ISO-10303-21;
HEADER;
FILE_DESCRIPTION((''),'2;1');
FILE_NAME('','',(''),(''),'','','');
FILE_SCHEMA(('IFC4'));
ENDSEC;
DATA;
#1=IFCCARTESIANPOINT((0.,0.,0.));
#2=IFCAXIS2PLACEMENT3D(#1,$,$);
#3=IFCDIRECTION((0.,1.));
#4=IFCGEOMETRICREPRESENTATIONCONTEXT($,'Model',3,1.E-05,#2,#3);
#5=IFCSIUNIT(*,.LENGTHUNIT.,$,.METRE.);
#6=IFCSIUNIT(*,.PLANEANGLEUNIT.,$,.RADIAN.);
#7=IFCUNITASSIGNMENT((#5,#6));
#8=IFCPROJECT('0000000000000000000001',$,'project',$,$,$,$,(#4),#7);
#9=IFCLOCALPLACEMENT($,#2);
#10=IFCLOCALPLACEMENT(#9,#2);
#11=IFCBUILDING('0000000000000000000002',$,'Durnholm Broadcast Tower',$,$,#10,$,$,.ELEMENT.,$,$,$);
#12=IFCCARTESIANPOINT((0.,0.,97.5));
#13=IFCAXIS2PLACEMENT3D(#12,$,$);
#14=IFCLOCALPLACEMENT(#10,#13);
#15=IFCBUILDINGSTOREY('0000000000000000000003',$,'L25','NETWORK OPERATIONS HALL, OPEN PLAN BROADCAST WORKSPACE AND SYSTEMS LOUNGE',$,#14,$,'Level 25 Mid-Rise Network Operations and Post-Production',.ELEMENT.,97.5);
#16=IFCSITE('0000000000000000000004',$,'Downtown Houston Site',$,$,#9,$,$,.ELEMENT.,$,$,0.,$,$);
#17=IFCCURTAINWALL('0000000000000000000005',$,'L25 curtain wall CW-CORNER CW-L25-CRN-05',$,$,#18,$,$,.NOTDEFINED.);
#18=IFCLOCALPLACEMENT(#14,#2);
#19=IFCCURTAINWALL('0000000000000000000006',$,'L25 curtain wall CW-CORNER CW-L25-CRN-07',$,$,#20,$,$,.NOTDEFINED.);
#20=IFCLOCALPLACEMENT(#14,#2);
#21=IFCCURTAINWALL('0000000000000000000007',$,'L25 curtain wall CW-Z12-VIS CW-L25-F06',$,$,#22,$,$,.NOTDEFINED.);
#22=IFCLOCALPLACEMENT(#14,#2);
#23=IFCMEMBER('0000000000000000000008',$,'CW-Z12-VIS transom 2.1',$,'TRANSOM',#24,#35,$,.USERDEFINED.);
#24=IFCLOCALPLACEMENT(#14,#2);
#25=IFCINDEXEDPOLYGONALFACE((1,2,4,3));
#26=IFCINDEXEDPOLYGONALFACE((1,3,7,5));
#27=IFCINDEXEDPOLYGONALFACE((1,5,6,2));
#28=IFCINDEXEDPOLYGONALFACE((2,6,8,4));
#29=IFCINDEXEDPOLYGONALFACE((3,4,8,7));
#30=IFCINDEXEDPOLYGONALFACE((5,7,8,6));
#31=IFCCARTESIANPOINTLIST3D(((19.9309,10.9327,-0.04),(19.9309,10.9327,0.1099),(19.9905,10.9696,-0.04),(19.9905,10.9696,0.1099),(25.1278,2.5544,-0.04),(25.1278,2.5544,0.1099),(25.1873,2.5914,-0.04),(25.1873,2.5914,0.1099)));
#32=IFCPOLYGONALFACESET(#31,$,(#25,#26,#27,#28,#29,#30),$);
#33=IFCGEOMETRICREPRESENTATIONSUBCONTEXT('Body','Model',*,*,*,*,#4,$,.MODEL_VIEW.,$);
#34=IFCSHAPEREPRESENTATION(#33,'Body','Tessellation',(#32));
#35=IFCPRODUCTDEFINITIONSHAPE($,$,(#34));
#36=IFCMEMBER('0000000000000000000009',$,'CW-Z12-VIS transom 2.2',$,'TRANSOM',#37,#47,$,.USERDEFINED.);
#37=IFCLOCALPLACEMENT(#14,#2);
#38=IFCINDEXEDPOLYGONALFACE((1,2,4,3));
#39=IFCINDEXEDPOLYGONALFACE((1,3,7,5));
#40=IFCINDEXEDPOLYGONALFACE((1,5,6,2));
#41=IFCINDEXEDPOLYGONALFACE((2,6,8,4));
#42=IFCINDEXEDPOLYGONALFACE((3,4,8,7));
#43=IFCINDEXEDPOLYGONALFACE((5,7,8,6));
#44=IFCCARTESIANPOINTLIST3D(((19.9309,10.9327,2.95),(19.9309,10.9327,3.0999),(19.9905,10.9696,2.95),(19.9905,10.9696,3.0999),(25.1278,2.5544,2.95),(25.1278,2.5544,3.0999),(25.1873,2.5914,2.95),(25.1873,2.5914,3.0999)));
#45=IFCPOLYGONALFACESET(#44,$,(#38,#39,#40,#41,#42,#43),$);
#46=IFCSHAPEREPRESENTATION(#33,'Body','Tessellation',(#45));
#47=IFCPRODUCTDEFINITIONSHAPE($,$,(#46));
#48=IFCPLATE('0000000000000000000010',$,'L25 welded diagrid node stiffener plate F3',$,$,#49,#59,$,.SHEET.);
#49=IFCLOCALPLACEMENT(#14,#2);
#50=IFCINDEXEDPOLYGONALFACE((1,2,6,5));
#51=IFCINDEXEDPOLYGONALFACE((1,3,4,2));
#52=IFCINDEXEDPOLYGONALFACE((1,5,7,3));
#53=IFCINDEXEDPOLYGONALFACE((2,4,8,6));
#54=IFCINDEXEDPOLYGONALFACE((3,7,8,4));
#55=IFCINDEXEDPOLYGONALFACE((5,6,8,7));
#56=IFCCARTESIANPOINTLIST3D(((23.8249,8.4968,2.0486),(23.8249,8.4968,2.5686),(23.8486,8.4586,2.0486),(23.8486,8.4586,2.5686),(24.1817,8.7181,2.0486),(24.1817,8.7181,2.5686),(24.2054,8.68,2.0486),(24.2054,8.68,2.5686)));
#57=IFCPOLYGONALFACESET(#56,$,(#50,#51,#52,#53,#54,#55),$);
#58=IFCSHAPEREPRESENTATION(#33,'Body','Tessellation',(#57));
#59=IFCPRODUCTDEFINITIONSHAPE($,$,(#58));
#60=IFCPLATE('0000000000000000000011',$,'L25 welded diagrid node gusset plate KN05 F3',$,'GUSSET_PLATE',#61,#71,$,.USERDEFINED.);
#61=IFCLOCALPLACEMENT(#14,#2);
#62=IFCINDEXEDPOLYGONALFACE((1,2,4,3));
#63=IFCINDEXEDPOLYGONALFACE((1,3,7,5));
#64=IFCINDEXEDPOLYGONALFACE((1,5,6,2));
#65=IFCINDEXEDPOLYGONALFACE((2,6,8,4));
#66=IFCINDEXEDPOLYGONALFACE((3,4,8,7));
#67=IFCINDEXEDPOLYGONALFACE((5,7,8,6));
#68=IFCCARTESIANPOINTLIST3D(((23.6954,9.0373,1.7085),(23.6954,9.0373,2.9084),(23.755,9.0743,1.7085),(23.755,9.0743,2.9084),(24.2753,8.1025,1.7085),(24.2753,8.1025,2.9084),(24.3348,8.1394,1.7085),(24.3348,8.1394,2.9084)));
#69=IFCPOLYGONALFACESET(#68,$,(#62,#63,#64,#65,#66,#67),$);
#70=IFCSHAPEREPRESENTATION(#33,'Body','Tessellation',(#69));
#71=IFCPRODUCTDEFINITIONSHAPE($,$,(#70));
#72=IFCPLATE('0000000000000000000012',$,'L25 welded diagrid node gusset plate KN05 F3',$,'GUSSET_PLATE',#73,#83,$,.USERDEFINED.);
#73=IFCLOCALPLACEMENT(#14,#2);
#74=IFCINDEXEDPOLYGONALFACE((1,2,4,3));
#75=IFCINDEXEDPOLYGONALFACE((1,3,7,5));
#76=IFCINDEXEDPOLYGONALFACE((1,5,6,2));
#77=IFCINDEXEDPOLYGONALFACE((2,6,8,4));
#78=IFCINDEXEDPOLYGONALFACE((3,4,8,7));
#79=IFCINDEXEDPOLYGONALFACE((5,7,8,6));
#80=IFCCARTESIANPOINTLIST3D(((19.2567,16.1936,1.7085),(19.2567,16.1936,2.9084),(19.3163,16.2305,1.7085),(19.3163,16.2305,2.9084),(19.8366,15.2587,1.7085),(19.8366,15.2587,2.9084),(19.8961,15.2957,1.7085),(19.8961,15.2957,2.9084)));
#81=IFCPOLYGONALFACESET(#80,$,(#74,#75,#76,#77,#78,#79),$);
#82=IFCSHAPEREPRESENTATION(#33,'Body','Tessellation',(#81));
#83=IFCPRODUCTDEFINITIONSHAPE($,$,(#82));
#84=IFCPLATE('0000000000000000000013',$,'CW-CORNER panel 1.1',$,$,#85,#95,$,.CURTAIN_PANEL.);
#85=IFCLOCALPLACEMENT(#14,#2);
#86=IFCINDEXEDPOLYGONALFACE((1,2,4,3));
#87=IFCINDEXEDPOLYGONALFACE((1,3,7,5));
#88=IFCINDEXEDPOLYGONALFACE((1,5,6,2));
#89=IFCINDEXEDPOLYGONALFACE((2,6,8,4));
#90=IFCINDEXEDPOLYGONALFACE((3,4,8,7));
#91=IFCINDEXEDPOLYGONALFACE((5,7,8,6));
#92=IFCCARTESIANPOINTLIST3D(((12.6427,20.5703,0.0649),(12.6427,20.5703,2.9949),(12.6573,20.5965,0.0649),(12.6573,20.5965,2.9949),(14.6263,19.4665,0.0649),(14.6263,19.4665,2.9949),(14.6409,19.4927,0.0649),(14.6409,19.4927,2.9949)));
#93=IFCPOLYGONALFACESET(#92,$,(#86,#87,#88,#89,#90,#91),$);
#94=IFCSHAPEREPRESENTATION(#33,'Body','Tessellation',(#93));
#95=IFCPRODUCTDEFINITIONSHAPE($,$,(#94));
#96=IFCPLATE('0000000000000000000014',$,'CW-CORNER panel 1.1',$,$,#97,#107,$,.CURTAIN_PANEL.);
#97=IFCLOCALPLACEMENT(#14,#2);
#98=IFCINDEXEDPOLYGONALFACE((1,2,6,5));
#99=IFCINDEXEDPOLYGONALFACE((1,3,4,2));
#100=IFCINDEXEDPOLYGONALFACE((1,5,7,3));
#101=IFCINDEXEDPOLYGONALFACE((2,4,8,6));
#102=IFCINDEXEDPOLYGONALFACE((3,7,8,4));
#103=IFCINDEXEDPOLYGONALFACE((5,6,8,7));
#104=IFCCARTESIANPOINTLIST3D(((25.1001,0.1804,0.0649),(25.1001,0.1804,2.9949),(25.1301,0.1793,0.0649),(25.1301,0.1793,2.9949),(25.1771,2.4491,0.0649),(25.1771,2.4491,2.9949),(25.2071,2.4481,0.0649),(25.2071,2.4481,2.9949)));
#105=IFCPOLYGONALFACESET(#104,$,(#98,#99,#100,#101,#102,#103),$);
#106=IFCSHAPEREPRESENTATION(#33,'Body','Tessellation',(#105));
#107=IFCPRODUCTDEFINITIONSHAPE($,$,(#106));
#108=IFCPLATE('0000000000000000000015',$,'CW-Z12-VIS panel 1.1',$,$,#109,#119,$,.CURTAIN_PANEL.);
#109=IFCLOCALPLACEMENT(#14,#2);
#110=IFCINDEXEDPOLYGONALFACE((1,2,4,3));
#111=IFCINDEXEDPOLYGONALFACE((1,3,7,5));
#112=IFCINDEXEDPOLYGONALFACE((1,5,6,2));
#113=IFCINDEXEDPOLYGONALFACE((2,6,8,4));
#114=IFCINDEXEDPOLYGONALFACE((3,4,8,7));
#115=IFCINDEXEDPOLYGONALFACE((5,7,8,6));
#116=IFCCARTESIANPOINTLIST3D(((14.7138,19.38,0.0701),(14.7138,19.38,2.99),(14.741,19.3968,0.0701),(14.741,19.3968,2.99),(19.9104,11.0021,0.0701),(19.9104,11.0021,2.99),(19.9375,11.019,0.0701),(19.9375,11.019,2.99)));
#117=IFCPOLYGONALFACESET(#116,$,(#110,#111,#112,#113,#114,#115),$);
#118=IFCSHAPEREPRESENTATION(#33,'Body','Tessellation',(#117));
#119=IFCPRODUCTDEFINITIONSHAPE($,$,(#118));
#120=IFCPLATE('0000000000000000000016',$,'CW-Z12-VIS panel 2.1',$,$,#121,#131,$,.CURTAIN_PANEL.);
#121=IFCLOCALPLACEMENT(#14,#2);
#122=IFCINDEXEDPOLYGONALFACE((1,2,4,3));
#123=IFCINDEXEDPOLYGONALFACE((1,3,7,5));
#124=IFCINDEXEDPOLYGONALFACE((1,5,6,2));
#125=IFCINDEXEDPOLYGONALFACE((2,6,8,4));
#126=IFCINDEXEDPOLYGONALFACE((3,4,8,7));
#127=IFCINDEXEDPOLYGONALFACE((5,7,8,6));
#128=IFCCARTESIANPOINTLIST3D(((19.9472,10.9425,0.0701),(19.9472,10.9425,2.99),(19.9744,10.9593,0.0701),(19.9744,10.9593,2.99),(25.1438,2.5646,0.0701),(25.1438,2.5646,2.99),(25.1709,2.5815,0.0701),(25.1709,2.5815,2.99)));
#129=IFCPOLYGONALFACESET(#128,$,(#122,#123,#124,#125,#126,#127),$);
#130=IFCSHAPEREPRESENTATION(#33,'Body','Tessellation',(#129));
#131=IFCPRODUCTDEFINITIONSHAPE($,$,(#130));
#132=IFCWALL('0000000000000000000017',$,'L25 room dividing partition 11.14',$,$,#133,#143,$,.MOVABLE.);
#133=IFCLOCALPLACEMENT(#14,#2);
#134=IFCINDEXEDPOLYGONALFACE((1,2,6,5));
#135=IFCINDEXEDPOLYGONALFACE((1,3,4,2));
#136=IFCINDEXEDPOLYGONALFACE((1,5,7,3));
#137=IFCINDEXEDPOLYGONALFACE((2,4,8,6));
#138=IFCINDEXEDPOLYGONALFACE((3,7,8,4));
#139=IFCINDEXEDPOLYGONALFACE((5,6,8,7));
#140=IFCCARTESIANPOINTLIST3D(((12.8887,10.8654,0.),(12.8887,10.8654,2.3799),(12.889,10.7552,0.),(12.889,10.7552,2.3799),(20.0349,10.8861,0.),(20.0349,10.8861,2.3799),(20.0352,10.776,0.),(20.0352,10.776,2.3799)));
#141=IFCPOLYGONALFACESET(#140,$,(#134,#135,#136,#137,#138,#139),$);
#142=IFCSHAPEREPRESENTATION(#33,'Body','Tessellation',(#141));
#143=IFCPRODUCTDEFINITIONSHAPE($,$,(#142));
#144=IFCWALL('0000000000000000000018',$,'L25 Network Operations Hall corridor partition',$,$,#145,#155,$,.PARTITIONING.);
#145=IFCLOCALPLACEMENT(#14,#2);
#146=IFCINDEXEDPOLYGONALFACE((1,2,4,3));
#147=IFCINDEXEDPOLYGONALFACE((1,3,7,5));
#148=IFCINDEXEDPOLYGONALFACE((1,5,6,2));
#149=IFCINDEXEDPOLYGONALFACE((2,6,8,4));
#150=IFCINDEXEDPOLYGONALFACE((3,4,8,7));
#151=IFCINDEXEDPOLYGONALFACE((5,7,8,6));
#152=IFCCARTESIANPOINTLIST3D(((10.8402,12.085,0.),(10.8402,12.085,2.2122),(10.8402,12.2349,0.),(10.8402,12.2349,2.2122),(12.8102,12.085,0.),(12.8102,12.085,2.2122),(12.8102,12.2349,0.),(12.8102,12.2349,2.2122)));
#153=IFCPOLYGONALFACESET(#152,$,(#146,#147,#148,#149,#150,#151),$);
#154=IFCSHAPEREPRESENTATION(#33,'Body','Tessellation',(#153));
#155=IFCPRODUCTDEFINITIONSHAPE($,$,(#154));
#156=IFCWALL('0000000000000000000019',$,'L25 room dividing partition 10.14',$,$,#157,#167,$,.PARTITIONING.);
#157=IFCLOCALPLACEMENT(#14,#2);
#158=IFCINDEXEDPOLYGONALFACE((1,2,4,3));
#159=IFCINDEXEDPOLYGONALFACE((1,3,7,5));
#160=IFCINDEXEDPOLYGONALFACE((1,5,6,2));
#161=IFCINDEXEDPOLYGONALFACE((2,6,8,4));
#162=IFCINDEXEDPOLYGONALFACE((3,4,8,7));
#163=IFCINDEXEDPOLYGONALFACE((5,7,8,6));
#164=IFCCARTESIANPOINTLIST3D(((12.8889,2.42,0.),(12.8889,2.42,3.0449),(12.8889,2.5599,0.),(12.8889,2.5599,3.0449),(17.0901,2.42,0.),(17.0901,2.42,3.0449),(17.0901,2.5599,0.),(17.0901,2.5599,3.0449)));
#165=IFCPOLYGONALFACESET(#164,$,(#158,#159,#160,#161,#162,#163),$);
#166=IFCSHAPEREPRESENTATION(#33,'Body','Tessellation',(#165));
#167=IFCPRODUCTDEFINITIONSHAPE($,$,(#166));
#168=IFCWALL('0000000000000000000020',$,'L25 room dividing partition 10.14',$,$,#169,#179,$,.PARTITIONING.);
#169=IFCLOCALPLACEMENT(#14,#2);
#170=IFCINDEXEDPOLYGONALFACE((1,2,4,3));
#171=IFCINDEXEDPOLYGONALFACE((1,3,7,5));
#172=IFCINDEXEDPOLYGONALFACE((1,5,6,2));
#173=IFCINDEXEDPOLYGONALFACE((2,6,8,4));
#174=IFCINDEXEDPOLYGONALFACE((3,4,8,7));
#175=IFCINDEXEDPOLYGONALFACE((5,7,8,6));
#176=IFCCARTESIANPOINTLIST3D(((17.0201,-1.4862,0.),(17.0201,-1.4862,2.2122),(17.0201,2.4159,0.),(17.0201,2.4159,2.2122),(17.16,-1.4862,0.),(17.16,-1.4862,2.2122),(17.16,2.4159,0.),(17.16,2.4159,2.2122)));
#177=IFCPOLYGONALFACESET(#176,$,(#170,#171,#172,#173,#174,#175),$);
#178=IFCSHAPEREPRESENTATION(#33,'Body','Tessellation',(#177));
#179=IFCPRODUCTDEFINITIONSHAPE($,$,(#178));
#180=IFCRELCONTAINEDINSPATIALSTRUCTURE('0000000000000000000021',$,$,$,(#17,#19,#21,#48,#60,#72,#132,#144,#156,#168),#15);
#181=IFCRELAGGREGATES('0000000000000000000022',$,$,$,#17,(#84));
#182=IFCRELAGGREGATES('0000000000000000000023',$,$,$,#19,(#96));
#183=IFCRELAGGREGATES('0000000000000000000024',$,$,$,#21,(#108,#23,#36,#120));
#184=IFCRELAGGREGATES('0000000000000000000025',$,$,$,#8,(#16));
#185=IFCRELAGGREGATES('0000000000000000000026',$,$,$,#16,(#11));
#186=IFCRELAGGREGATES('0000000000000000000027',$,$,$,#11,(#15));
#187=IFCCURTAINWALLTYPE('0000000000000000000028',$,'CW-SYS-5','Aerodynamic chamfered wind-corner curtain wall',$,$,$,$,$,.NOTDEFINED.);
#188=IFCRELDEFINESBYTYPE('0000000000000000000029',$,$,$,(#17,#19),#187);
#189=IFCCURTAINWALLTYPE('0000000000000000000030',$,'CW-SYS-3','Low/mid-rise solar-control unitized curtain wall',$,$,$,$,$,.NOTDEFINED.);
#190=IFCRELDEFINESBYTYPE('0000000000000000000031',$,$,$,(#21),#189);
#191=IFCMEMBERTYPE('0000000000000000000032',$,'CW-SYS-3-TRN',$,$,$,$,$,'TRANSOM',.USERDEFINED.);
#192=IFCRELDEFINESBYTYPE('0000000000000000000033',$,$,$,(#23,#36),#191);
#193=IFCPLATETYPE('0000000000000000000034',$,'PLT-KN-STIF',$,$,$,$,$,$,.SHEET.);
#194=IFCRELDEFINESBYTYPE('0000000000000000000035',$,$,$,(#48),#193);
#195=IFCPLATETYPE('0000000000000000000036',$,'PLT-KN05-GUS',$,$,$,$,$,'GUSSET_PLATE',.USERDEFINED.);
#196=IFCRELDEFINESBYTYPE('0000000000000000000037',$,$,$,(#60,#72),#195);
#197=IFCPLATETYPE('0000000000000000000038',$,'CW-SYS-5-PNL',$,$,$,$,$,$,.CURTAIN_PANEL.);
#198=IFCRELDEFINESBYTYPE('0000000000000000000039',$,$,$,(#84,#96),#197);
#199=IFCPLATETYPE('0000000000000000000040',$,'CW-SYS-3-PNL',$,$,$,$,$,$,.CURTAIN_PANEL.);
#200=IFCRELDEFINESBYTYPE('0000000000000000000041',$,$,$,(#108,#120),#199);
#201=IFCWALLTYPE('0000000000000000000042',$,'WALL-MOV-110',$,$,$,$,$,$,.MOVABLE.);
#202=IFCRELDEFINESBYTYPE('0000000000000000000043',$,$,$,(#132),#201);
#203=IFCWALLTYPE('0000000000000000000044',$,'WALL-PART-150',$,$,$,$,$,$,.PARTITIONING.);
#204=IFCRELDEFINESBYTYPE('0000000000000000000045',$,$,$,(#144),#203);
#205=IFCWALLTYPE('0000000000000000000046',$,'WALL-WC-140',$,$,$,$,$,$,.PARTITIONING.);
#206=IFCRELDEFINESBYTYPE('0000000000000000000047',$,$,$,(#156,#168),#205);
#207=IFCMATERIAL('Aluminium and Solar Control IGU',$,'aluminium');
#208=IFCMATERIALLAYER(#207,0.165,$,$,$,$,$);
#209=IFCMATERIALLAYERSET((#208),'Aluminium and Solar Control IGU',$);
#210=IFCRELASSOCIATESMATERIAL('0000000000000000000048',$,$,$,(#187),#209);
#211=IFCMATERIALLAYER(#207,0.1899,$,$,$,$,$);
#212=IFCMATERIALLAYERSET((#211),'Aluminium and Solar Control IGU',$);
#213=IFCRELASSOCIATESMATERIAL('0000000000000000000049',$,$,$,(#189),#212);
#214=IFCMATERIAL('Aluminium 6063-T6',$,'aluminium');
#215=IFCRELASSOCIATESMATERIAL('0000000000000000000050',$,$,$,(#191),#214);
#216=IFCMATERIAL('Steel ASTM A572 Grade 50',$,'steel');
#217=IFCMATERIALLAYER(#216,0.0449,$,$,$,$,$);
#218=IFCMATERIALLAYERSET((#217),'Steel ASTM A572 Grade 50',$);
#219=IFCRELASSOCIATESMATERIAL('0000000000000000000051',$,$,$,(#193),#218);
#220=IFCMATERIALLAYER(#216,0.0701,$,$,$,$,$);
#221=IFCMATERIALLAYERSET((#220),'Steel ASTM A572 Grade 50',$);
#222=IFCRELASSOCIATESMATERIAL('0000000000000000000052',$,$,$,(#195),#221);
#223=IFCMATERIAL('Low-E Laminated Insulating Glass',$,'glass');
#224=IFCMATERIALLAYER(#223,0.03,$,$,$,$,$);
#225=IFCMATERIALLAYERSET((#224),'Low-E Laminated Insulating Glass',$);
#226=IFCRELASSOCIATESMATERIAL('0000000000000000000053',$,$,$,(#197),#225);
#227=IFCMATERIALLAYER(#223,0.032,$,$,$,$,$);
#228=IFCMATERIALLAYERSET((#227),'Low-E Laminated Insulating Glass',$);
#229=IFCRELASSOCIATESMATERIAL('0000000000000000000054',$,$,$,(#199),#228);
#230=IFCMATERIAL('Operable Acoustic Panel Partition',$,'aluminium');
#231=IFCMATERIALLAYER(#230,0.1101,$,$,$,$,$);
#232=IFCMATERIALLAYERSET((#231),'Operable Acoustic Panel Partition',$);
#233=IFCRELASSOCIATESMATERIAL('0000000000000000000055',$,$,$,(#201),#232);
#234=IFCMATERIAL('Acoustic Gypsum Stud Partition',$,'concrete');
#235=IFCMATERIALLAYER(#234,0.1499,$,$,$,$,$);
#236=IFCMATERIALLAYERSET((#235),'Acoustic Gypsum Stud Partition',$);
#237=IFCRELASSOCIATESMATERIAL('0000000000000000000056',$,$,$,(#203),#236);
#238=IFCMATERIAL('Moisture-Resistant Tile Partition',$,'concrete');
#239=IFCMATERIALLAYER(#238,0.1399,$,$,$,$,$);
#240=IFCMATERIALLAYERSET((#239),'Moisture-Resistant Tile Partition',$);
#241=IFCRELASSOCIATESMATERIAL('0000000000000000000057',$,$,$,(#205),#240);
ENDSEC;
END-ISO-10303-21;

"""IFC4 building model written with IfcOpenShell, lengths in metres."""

from ifc_helpers import new_model, si_unit, direction, frame, frame_2d, origin, origin_2d, place, context, subcontext, project, spatial, rectangle, extrude, source, transform, mapped, material, layer, layer_set, material_profile, profile_set, type_object, type_shapes, element, aggregate, save


model = new_model("IFC4")

# Units and contexts
model_context = context("Model", 3, precision=1e-05, world=origin(), true_north=direction((0.0, 1.0)))
body_context = subcontext(model_context, "Body", "Model", "MODEL_VIEW")
ifc_project = project(units=[si_unit("LENGTHUNIT", "METRE"), si_unit("PLANEANGLEUNIT", "RADIAN")], contexts=[model_context])

# Site, building, storey
site_placement = place(None, origin())
site = spatial("IfcSite", under=ifc_project, at=site_placement, Name="Downtown Houston Site", CompositionType="ELEMENT", RefElevation=0.0)
building_placement = place(site_placement, origin())
building = spatial("IfcBuilding", under=site, at=building_placement, Name="Durnholm Broadcast Tower", CompositionType="ELEMENT")
storey_placement = place(building_placement, frame((0.0, 0.0, 97.5)))
storey = spatial("IfcBuildingStorey", under=building, at=storey_placement, Name="L25", Description="NETWORK OPERATIONS HALL, OPEN PLAN BROADCAST WORKSPACE AND SYSTEMS LOUNGE", LongName="Level 25 Mid-Rise Network Operations and Post-Production", CompositionType="ELEMENT", Elevation=97.5)

# Curtain walls
ifc_material_1 = material(Name="Aluminium and Solar Control IGU", Category="aluminium")
ifc_layer_1 = layer(ifc_material_1, 0.165)
ifc_layer_set_1 = layer_set([ifc_layer_1], Name="Aluminium and Solar Control IGU")
curtain_wall_type_1 = type_object("IfcCurtainWallType", Name="CW-SYS-5", Description="Aerodynamic chamfered wind-corner curtain wall", PredefinedType="NOTDEFINED", material=ifc_layer_set_1)
curtain_wall_1_placement = place(storey_placement, origin())
curtain_wall_1 = element("IfcCurtainWall", 1, at=curtain_wall_1_placement, inside=storey, type_object=curtain_wall_type_1, Name="L25 curtain wall CW-CORNER CW-L25-CRN-05", PredefinedType="NOTDEFINED")
ifc_material_2 = material(Name="Aluminium 6063-T6", Category="aluminium")
curtain_wall_2_placement = place(storey_placement, origin())
curtain_wall_2 = element("IfcCurtainWall", 2, at=curtain_wall_2_placement, inside=storey, type_object=curtain_wall_type_1, Name="L25 curtain wall CW-CORNER CW-L25-CRN-07", PredefinedType="NOTDEFINED")

# Curtain wall
ifc_layer_2 = layer(ifc_material_1, 0.1899)
ifc_layer_set_2 = layer_set([ifc_layer_2], Name="Aluminium and Solar Control IGU")
curtain_wall_type_2 = type_object("IfcCurtainWallType", Name="CW-SYS-3", Description="Low/mid-rise solar-control unitized curtain wall", PredefinedType="NOTDEFINED", material=ifc_layer_set_2)
curtain_wall_3_placement = place(storey_placement, origin())
curtain_wall_3 = element("IfcCurtainWall", 3, at=curtain_wall_3_placement, inside=storey, type_object=curtain_wall_type_2, Name="L25 curtain wall CW-Z12-VIS CW-L25-F06", PredefinedType="NOTDEFINED")

# Members
ifc_material_profile_1 = material_profile(ifc_material_2, rectangle(XDim=0.0701, YDim=0.1499, at=origin_2d()), Name="CWT70X150")
ifc_profile_set_1 = profile_set([ifc_material_profile_1], Name="Aluminium 6063-T6")
member_type_1 = type_object("IfcMemberType", Name="CW-SYS-3-TRN", ElementType="TRANSOM", PredefinedType="USERDEFINED", material=ifc_profile_set_1)
shared_shape_1 = source(origin(), body_context, "Body", "SweptSolid", [
    extrude(rectangle(XDim=0.0701, YDim=0.1499, at=origin_2d()), origin(), (0.0, 0.0, 1.0), 9.8591),
])
member_1_placement = place(storey_placement, frame((19.9607, 10.9512, 0.0349), z_axis=(0.527109, -0.849798, 0.0), x_axis=(0.849798, 0.527109, 0.0)))
member_1 = element("IfcMember", 4, at=member_1_placement, type_object=member_type_1, Name="CW-Z12-VIS transom 2.1", ObjectType="TRANSOM", PredefinedType="USERDEFINED", context=body_context, shape_type="MappedRepresentation", body=[
    mapped(shared_shape_1, transform((0.0, 0.0, 0.0), x_axis=(1.0, 0.0, 0.0), y_axis=(0.0, 1.0, 0.0), z_axis=(0.0, 0.0, 1.0), scale=1.0)),
])
member_2_placement = place(storey_placement, frame((19.9607, 10.9512, 3.0249), z_axis=(0.527109, -0.849798, 0.0), x_axis=(0.849798, 0.527109, 0.0)))
member_2 = element("IfcMember", 5, at=member_2_placement, type_object=member_type_1, Name="CW-Z12-VIS transom 2.2", ObjectType="TRANSOM", PredefinedType="USERDEFINED", context=body_context, shape_type="MappedRepresentation", body=[
    mapped(shared_shape_1, transform((0.0, 0.0, 0.0), x_axis=(1.0, 0.0, 0.0), y_axis=(0.0, 1.0, 0.0), z_axis=(0.0, 0.0, 1.0), scale=1.0)),
])

# Plates
ifc_material_3 = material(Name="Steel ASTM A572 Grade 50", Category="steel")
ifc_layer_3 = layer(ifc_material_3, 0.0449)
ifc_layer_set_3 = layer_set([ifc_layer_3], Name="Steel ASTM A572 Grade 50")
plate_type_1 = type_object("IfcPlateType", Name="PLT-KN-STIF", PredefinedType="SHEET", material=ifc_layer_set_3)
shared_shape_2 = source(origin(), body_context, "Body", "SweptSolid", [
    extrude(rectangle(XDim=0.0449, YDim=0.4199, at=origin_2d()), origin(), (0.0, 0.0, 1.0), 0.52),
])
type_shapes(plate_type_1, [shared_shape_2])
plate_1_placement = place(storey_placement, frame((24.0151, 8.5884, 2.0486), z_axis=(0.0, 0.0, 1.0), x_axis=(-0.527104, 0.849801, 0.0)))
element("IfcPlate", 6, at=plate_1_placement, inside=storey, type_object=plate_type_1, Name="L25 welded diagrid node stiffener plate F3", PredefinedType="SHEET", context=body_context, shape_type="MappedRepresentation", body=[
    mapped(shared_shape_2, transform((0.0, 0.0, 0.0), x_axis=(1.0, 0.0, 0.0), y_axis=(0.0, 1.0, 0.0), z_axis=(0.0, 0.0, 1.0), scale=1.0)),
])
ifc_layer_4 = layer(ifc_material_3, 0.0701)
ifc_layer_set_4 = layer_set([ifc_layer_4], Name="Steel ASTM A572 Grade 50")
plate_type_2 = type_object("IfcPlateType", Name="PLT-KN05-GUS", ElementType="GUSSET_PLATE", PredefinedType="USERDEFINED", material=ifc_layer_set_4)
shared_shape_3 = source(origin(), body_context, "Body", "SweptSolid", [
    extrude(rectangle(XDim=1.1001, YDim=0.0701, at=origin_2d()), origin(), (0.0, 0.0, 1.0), 1.2),
])
type_shapes(plate_type_2, [shared_shape_3])
for number, where, z_axis, x_axis, name in (
    (7, (24.0151, 8.5884, 1.7085), (0.0, 0.0, 1.0), (-0.527104, 0.849801, 0.0), "L25 welded diagrid node gusset plate KN05 F3"),
    (8, (19.5764, 15.7446, 1.7085), (0.0, 0.0, 1.0), (-0.527104, 0.849801, 0.0), "L25 welded diagrid node gusset plate KN05 F3"),
):
    element("IfcPlate", number, at=place(storey_placement, frame(where, z_axis=z_axis, x_axis=x_axis)), inside=storey, type_object=plate_type_2, Name=name, ObjectType="GUSSET_PLATE", PredefinedType="USERDEFINED", context=body_context, shape_type="MappedRepresentation", body=[
        mapped(shared_shape_3, transform((0.0, 0.0, 0.0), x_axis=(1.0, 0.0, 0.0), y_axis=(0.0, 1.0, 0.0), z_axis=(0.0, 0.0, 1.0), scale=1.0)),
    ])

# Plates
ifc_material_4 = material(Name="Low-E Laminated Insulating Glass", Category="glass")
ifc_layer_5 = layer(ifc_material_4, 0.03)
ifc_layer_set_5 = layer_set([ifc_layer_5], Name="Low-E Laminated Insulating Glass")
plate_type_3 = type_object("IfcPlateType", Name="CW-SYS-5-PNL", PredefinedType="CURTAIN_PANEL", material=ifc_layer_set_5)
shared_shape_4 = source(origin(), body_context, "Body", "SweptSolid", [
    extrude(rectangle(XDim=2.27, YDim=0.03, at=origin_2d()), origin(), (0.0, 0.0, 1.0), 2.9299),
])
type_shapes(plate_type_3, [shared_shape_4])
plate_2_placement = place(storey_placement, frame((13.6418, 20.0315, 0.0649), z_axis=(0.0, 0.0, 1.0), x_axis=(0.873823, -0.486244, 0.0)))
plate_2 = element("IfcPlate", 9, at=plate_2_placement, type_object=plate_type_3, Name="CW-CORNER panel 1.1", PredefinedType="CURTAIN_PANEL", context=body_context, shape_type="MappedRepresentation", body=[
    mapped(shared_shape_4, transform((0.0, 0.0, 0.0), x_axis=(1.0, 0.0, 0.0), y_axis=(0.0, 1.0, 0.0), z_axis=(0.0, 0.0, 1.0), scale=1.0)),
])
aggregate(curtain_wall_1, [plate_2])
plate_3_placement = place(storey_placement, frame((25.1536, 1.3142, 0.0649), z_axis=(0.0, 0.0, 1.0), x_axis=(-0.033917, -0.999425, 0.0)))
plate_3 = element("IfcPlate", 10, at=plate_3_placement, type_object=plate_type_3, Name="CW-CORNER panel 1.1", PredefinedType="CURTAIN_PANEL", context=body_context, shape_type="MappedRepresentation", body=[
    mapped(shared_shape_4, transform((0.0, 0.0, 0.0), x_axis=(1.0, 0.0, 0.0), y_axis=(0.0, 1.0, 0.0), z_axis=(0.0, 0.0, 1.0), scale=1.0)),
])
aggregate(curtain_wall_2, [plate_3])
ifc_layer_6 = layer(ifc_material_4, 0.032)
ifc_layer_set_6 = layer_set([ifc_layer_6], Name="Low-E Laminated Insulating Glass")
plate_type_4 = type_object("IfcPlateType", Name="CW-SYS-3-PNL", PredefinedType="CURTAIN_PANEL", material=ifc_layer_set_6)
shared_shape_5 = source(origin(), body_context, "Body", "SweptSolid", [
    extrude(rectangle(XDim=9.8586, YDim=0.032, at=origin_2d()), origin(), (0.0, 0.0, 1.0), 2.9199),
])
type_shapes(plate_type_4, [shared_shape_5])
plate_4_placement = place(storey_placement, frame((17.3257, 15.1995, 0.0701), z_axis=(0.0, 0.0, 1.0), x_axis=(0.527105, -0.8498, 0.0)))
plate_4 = element("IfcPlate", 11, at=plate_4_placement, type_object=plate_type_4, Name="CW-Z12-VIS panel 1.1", PredefinedType="CURTAIN_PANEL", context=body_context, shape_type="MappedRepresentation", body=[
    mapped(shared_shape_5, transform((0.0, 0.0, 0.0), x_axis=(1.0, 0.0, 0.0), y_axis=(0.0, 1.0, 0.0), z_axis=(0.0, 0.0, 1.0), scale=1.0)),
])
plate_5_placement = place(storey_placement, frame((22.5591, 6.762, 0.0701), z_axis=(0.0, 0.0, 1.0), x_axis=(0.527105, -0.8498, 0.0)))
plate_5 = element("IfcPlate", 12, at=plate_5_placement, type_object=plate_type_4, Name="CW-Z12-VIS panel 2.1", PredefinedType="CURTAIN_PANEL", context=body_context, shape_type="MappedRepresentation", body=[
    mapped(shared_shape_5, transform((0.0, 0.0, 0.0), x_axis=(1.0, 0.0, 0.0), y_axis=(0.0, 1.0, 0.0), z_axis=(0.0, 0.0, 1.0), scale=1.0)),
])
aggregate(curtain_wall_3, [plate_4, member_1, member_2, plate_5])

# Walls
ifc_material_5 = material(Name="Operable Acoustic Panel Partition", Category="aluminium")
ifc_layer_7 = layer(ifc_material_5, 0.1101)
ifc_layer_set_7 = layer_set([ifc_layer_7], Name="Operable Acoustic Panel Partition")
wall_type_1 = type_object("IfcWallType", Name="WALL-MOV-110", PredefinedType="MOVABLE", material=ifc_layer_set_7)
wall_1_placement = place(storey_placement, frame((20.0352, 10.8311, 0.0), z_axis=(0.0, 0.0, 1.0), x_axis=(-0.999996, -0.002904, 0.0)))
element("IfcWall", 13, at=wall_1_placement, inside=storey, type_object=wall_type_1, Name="L25 room dividing partition 11.14", PredefinedType="MOVABLE", context=body_context, shape_type="SweptSolid", body=[
    extrude(rectangle(XDim=7.1462, YDim=0.1101, at=frame_2d((3.5732, 0.0))), origin(), (0.0, 0.0, 1.0), 2.3799),
])
ifc_material_6 = material(Name="Acoustic Gypsum Stud Partition", Category="concrete")
ifc_layer_8 = layer(ifc_material_6, 0.1499)
ifc_layer_set_8 = layer_set([ifc_layer_8], Name="Acoustic Gypsum Stud Partition")
wall_type_2 = type_object("IfcWallType", Name="WALL-PART-150", PredefinedType="PARTITIONING", material=ifc_layer_set_8)
wall_2_placement = place(storey_placement, frame((12.8101, 12.1599, 0.0), z_axis=(0.0, 0.0, 1.0), x_axis=(-1.0, 0.0, 0.0)))
element("IfcWall", 14, at=wall_2_placement, inside=storey, type_object=wall_type_2, Name="L25 Network Operations Hall corridor partition", PredefinedType="PARTITIONING", context=body_context, shape_type="SweptSolid", body=[
    extrude(rectangle(XDim=1.97, YDim=0.1499, at=frame_2d((0.9849, 0.0))), origin(), (0.0, 0.0, 1.0), 2.2122),
])
ifc_material_7 = material(Name="Moisture-Resistant Tile Partition", Category="concrete")
ifc_layer_9 = layer(ifc_material_7, 0.1399)
ifc_layer_set_9 = layer_set([ifc_layer_9], Name="Moisture-Resistant Tile Partition")
wall_type_3 = type_object("IfcWallType", Name="WALL-WC-140", PredefinedType="PARTITIONING", material=ifc_layer_set_9)
wall_3_placement = place(storey_placement, frame((12.8889, 2.49, 0.0), z_axis=(0.0, 0.0, 1.0), x_axis=(1.0, 0.0, 0.0)))
element("IfcWall", 15, at=wall_3_placement, inside=storey, type_object=wall_type_3, Name="L25 room dividing partition 10.14", PredefinedType="PARTITIONING", context=body_context, shape_type="SweptSolid", body=[
    extrude(rectangle(XDim=4.2012, YDim=0.1399, at=frame_2d((2.1006, 0.0))), origin(), (0.0, 0.0, 1.0), 3.0449),
])
wall_4_placement = place(storey_placement, frame((17.0901, 2.416, 0.0), z_axis=(0.0, 0.0, 1.0), x_axis=(0.0, -1.0, 0.0)))
element("IfcWall", 16, at=wall_4_placement, inside=storey, type_object=wall_type_3, Name="L25 room dividing partition 10.14", PredefinedType="PARTITIONING", context=body_context, shape_type="SweptSolid", body=[
    extrude(rectangle(XDim=3.9021, YDim=0.1399, at=frame_2d((1.9512, 0.0))), origin(), (0.0, 0.0, 1.0), 2.2122),
])

save(model, "model.ifc")
